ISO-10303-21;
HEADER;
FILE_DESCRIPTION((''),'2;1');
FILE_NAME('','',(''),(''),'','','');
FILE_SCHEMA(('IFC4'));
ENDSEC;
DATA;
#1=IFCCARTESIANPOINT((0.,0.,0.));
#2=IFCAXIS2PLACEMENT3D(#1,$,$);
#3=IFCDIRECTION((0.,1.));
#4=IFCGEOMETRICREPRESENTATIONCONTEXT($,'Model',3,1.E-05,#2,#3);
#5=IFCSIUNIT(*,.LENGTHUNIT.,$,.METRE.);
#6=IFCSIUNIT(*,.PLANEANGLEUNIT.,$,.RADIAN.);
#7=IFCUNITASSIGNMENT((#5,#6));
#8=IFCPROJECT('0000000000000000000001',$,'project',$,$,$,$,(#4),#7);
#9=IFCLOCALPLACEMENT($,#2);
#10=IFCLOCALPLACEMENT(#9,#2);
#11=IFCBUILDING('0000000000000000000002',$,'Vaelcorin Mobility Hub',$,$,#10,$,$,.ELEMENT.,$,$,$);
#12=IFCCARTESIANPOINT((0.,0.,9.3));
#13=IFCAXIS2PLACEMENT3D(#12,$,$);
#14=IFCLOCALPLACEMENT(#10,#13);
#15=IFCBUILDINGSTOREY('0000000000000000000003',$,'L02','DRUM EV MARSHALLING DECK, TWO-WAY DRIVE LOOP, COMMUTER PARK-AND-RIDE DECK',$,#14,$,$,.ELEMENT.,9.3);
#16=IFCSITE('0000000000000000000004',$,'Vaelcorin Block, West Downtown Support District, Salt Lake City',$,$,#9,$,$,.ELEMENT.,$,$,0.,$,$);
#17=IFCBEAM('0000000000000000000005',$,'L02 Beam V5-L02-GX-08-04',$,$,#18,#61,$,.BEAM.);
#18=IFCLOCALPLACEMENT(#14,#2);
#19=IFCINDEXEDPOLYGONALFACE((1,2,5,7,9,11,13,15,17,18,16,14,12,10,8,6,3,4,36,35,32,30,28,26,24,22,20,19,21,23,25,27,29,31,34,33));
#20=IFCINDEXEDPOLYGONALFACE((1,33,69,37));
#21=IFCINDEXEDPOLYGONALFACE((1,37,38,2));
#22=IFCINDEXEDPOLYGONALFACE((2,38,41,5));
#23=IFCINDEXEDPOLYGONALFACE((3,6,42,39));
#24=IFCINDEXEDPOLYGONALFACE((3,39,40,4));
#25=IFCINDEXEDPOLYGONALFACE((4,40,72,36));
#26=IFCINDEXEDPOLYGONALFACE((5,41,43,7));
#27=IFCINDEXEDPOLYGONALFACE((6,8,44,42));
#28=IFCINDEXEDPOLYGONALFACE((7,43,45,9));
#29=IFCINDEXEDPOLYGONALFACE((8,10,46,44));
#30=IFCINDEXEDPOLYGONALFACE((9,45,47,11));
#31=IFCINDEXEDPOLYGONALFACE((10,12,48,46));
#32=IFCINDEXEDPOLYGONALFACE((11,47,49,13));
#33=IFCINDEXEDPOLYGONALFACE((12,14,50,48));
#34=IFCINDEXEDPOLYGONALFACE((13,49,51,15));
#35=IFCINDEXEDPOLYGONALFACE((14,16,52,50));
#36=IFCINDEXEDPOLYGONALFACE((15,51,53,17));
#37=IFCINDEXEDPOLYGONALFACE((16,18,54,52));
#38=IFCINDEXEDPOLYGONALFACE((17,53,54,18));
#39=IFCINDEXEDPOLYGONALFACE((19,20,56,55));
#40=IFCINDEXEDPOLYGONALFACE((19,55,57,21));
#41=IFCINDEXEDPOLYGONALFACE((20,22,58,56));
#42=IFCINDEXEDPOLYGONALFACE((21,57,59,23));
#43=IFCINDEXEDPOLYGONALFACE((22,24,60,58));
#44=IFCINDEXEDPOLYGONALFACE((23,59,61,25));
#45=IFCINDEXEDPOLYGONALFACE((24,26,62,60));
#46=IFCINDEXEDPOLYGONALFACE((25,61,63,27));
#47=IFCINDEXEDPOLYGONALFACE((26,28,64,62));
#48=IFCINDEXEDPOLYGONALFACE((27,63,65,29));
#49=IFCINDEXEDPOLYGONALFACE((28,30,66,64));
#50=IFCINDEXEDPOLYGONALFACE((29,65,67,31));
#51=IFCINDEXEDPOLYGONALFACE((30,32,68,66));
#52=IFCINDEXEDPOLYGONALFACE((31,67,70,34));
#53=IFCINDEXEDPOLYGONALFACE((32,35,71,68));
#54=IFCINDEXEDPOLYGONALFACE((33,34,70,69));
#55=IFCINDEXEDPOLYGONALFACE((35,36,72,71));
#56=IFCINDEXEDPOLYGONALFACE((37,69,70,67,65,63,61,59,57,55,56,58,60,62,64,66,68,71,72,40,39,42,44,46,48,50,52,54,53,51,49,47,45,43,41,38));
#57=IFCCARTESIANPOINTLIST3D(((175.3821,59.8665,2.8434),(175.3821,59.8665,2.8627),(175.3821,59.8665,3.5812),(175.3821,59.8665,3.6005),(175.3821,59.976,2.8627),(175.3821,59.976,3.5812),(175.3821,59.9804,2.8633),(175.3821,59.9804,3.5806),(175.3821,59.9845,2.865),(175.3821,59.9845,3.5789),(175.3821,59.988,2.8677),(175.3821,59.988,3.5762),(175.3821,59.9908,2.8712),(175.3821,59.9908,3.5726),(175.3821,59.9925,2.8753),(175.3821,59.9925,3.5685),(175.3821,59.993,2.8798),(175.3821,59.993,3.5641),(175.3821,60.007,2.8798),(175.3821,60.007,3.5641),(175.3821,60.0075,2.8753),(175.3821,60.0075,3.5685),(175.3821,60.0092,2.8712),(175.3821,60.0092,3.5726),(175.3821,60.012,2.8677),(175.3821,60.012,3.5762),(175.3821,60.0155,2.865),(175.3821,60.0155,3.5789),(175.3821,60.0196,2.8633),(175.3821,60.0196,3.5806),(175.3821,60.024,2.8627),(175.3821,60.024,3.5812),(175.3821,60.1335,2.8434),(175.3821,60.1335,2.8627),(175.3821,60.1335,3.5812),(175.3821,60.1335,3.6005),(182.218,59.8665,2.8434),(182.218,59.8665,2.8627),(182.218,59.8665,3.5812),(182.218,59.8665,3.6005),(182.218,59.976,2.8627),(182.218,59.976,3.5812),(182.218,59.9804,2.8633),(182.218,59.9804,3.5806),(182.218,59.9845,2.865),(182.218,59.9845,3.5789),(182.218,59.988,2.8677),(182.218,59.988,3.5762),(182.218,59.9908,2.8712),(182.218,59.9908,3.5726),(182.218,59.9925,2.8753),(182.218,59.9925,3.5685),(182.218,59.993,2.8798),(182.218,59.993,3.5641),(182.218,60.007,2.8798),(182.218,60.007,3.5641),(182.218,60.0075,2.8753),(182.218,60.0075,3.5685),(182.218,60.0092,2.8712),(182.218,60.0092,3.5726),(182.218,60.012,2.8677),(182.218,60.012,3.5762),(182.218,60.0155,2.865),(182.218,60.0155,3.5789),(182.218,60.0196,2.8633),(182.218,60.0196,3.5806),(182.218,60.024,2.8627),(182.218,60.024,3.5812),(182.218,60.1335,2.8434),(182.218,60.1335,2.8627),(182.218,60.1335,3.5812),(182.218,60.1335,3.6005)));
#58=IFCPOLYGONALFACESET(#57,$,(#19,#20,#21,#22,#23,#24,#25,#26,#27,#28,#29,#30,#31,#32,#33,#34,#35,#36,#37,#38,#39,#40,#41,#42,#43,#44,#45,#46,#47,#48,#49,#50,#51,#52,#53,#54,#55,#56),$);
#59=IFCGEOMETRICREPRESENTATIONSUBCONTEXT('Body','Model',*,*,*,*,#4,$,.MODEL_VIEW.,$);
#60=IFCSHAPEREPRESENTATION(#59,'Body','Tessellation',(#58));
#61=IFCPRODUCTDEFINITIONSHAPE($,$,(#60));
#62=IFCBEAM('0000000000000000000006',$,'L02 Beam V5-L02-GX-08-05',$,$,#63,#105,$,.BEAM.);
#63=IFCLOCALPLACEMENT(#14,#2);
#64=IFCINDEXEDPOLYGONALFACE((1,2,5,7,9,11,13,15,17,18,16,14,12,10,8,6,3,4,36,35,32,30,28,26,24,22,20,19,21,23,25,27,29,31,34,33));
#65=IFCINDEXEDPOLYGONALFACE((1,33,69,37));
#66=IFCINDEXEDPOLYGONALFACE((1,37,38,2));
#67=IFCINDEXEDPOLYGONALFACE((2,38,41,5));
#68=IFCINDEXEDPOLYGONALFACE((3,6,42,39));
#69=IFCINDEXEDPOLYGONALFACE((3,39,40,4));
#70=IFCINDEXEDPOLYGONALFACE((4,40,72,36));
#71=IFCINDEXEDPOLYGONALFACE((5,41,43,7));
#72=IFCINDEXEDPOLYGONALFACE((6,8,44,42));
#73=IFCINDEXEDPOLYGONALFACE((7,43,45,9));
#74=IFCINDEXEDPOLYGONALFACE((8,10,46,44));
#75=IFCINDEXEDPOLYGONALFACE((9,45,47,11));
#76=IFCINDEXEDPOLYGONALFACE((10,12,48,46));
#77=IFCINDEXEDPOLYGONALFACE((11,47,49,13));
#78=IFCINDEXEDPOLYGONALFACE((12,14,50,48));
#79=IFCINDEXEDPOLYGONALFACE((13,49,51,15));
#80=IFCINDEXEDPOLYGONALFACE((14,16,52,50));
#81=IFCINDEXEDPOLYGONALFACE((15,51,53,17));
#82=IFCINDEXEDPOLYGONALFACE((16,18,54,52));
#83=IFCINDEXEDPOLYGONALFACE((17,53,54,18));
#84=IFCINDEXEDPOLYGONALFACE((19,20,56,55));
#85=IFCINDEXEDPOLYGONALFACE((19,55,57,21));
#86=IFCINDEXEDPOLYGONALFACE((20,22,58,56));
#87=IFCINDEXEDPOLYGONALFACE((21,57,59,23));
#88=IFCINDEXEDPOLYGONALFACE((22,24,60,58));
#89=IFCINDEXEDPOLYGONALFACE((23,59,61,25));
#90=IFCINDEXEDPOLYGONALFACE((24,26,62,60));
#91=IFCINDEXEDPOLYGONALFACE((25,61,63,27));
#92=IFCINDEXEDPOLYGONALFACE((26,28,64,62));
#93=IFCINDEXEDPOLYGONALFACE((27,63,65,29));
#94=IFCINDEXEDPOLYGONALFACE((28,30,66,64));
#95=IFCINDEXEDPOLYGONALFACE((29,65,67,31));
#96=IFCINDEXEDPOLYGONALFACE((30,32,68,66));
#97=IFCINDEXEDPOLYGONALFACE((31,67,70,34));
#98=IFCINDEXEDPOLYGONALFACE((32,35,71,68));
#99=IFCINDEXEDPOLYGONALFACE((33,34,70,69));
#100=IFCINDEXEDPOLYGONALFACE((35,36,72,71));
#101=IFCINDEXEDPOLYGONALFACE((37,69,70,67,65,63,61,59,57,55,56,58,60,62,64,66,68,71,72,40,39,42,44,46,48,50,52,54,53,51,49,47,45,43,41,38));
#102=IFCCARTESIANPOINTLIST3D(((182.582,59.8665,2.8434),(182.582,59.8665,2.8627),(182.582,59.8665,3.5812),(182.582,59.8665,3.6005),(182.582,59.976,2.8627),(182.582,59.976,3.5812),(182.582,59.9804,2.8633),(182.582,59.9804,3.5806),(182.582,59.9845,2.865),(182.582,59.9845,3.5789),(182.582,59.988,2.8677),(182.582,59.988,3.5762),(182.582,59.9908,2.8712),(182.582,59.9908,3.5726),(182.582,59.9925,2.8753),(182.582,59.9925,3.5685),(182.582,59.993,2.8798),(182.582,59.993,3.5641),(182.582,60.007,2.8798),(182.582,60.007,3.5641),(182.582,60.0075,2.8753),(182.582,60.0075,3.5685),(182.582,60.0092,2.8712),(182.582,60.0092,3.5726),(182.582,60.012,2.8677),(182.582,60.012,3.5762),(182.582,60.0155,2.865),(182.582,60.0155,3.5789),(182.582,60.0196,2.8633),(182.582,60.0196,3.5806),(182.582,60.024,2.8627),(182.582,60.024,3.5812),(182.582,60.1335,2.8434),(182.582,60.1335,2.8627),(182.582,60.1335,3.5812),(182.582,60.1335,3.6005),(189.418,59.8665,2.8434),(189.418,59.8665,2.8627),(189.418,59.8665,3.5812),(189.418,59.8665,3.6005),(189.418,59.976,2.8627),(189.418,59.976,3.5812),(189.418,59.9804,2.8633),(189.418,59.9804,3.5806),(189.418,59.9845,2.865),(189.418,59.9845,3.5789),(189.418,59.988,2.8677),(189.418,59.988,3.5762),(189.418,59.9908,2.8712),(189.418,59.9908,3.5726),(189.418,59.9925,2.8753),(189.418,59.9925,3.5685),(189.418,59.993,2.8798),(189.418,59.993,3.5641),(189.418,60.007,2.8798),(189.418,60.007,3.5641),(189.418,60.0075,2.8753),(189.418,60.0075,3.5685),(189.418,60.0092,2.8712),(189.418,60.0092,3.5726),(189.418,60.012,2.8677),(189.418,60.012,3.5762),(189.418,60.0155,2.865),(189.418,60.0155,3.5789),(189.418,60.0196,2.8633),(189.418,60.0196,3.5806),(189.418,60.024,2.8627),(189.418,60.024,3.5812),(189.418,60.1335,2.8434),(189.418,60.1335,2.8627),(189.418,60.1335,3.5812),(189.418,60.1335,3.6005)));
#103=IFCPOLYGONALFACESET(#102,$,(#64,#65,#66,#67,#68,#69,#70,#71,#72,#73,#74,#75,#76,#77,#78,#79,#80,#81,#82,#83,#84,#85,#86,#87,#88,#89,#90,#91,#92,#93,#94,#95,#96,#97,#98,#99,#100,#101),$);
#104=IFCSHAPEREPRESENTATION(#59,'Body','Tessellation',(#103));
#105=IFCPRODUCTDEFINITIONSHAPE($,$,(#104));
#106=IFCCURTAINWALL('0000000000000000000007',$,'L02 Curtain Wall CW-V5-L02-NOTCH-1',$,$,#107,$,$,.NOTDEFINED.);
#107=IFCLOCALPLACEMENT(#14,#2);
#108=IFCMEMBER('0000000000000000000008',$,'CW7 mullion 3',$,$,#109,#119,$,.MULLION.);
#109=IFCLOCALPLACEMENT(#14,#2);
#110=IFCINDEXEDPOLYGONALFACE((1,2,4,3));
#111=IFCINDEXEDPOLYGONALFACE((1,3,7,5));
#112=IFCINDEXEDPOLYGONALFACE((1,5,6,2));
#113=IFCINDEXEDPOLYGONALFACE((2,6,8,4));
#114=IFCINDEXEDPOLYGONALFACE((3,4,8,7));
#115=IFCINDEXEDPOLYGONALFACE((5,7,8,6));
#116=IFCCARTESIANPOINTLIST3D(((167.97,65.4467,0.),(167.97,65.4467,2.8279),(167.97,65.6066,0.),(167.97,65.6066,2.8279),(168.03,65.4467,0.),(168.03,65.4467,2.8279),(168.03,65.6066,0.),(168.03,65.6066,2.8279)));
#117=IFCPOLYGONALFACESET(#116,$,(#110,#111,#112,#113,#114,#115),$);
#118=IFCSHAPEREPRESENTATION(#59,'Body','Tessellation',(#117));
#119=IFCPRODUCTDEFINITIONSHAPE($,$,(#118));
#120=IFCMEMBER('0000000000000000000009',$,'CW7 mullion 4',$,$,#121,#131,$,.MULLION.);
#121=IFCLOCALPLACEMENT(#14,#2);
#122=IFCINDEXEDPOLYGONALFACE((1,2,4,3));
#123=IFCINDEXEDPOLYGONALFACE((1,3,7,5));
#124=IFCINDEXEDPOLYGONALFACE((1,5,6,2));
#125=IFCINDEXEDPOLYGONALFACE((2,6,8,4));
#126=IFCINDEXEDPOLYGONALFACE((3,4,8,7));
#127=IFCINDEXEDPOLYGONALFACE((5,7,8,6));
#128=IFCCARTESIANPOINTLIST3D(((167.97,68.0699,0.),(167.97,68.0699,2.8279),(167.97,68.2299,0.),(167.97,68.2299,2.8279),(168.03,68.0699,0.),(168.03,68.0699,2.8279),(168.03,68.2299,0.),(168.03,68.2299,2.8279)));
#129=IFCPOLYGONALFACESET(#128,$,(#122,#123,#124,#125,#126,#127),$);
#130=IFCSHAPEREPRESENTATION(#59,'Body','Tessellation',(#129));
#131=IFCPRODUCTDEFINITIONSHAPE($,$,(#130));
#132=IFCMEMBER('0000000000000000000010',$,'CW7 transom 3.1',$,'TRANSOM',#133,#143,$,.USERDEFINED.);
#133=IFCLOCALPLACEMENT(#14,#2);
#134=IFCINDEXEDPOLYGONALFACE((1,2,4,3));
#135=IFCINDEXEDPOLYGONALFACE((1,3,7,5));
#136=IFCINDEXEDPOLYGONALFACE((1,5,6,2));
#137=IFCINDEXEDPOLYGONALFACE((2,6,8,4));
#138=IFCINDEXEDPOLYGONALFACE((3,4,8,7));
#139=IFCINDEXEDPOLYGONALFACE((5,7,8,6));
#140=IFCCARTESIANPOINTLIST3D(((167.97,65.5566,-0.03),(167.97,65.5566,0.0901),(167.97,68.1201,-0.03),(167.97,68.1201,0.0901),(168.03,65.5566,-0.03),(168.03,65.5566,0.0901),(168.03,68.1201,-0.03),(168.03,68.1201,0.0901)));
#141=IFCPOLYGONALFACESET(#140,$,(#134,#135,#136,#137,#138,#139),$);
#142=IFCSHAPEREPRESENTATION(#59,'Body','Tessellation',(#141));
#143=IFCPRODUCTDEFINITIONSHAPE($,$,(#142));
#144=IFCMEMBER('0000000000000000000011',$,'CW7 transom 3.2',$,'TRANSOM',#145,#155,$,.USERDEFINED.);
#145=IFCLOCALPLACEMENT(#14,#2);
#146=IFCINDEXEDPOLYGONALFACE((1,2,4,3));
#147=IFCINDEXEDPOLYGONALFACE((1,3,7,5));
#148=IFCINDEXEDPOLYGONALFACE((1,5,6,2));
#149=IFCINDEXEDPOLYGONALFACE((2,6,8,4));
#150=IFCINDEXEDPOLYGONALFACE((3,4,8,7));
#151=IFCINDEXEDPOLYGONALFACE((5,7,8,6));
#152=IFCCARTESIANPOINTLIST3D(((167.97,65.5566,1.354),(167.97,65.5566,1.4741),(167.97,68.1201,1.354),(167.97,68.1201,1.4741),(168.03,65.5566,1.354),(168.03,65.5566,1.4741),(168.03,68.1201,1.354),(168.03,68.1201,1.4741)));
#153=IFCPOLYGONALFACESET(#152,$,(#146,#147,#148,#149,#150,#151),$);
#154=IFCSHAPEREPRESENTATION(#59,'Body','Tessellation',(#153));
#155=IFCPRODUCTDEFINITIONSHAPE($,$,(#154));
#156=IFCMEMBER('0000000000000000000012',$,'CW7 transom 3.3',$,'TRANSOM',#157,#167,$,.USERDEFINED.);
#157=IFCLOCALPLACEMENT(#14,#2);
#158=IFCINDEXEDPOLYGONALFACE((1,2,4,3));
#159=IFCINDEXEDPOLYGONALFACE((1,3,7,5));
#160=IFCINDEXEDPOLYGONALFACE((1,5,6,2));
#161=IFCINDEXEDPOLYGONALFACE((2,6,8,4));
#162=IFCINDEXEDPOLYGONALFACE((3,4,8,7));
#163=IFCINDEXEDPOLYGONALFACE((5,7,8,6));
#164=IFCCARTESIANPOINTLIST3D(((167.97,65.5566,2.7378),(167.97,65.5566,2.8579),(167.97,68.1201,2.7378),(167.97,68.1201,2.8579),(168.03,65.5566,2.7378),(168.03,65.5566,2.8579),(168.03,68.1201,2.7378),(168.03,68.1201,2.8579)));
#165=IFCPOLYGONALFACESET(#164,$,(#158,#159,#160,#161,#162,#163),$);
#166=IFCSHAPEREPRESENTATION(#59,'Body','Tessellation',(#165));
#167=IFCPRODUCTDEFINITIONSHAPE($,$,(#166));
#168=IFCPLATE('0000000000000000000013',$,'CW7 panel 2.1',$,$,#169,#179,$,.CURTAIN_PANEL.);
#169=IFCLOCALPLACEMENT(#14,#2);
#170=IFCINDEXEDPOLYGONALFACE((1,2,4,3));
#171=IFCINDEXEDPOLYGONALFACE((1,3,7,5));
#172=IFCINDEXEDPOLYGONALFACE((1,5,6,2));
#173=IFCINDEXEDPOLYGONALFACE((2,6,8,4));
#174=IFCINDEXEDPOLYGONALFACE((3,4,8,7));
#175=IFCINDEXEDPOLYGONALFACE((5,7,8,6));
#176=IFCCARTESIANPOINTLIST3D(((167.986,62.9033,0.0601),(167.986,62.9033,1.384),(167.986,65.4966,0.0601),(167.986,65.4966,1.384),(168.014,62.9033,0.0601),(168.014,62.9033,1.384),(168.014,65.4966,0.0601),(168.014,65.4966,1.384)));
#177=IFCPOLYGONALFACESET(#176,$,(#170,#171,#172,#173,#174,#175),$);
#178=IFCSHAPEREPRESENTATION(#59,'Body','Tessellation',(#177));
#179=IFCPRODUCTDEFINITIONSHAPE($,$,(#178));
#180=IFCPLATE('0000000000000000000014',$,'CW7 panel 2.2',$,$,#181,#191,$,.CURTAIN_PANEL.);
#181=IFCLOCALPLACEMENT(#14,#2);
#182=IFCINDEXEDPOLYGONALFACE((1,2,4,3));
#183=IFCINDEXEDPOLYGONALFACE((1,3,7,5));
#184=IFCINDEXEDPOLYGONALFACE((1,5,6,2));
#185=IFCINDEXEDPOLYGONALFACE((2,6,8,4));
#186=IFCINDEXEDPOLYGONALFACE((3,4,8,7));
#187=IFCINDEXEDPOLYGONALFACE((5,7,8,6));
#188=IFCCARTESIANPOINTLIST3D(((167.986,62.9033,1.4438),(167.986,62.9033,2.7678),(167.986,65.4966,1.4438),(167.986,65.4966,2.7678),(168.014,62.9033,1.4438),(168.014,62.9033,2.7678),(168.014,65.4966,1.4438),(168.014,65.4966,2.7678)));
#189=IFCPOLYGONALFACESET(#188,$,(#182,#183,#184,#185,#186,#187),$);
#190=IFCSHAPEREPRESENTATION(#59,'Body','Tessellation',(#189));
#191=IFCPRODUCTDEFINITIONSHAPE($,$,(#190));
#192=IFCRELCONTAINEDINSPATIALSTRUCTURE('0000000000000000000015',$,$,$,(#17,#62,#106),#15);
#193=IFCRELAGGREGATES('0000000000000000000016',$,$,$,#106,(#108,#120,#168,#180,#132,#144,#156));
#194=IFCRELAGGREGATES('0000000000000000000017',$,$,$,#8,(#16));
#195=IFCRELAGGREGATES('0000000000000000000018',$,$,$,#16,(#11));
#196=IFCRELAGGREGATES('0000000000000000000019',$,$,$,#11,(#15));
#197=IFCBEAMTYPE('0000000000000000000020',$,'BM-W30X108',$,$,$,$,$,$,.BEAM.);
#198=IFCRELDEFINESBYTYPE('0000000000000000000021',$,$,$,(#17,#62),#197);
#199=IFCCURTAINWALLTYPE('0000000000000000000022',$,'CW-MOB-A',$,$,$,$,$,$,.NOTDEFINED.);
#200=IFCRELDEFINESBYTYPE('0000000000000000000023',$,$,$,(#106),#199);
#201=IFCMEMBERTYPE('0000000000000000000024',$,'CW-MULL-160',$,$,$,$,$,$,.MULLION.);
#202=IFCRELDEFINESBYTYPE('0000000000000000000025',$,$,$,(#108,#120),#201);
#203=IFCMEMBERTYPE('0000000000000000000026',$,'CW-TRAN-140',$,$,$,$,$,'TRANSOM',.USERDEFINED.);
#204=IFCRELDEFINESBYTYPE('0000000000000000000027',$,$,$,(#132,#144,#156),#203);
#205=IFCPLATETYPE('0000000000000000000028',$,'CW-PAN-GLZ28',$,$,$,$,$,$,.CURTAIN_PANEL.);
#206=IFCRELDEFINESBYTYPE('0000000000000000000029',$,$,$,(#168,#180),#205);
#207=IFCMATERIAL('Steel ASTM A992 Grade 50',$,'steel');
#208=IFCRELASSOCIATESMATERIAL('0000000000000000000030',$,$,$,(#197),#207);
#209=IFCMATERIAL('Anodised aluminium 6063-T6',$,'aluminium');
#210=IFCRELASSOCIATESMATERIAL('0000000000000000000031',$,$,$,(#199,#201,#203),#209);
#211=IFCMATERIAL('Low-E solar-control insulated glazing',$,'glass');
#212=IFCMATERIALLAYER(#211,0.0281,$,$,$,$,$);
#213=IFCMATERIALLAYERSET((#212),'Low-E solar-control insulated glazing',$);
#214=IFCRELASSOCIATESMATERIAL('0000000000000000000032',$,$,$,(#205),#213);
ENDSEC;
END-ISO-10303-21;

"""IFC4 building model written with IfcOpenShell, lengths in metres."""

from ifc_helpers import new_model, si_unit, direction, frame, origin, origin_2d, place, context, subcontext, project, spatial, rectangle, i_section, extrude, material, layer, layer_set, material_profile, profile_set, type_object, element, aggregate, save


model = new_model("IFC4")

# Units and contexts
model_context = context("Model", 3, precision=1e-05, world=origin(), true_north=direction((0.0, 1.0)))
body_context = subcontext(model_context, "Body", "Model", "MODEL_VIEW")
ifc_project = project(units=[si_unit("LENGTHUNIT", "METRE"), si_unit("PLANEANGLEUNIT", "RADIAN")], contexts=[model_context])

# Site, building, storey
site_placement = place(None, origin())
site = spatial("IfcSite", under=ifc_project, at=site_placement, Name="Vaelcorin Block, West Downtown Support District, Salt Lake City", CompositionType="ELEMENT", RefElevation=0.0)
building_placement = place(site_placement, origin())
building = spatial("IfcBuilding", under=site, at=building_placement, Name="Vaelcorin Mobility Hub", CompositionType="ELEMENT")
storey_placement = place(building_placement, frame((0.0, 0.0, 9.3)))
storey = spatial("IfcBuildingStorey", under=building, at=storey_placement, Name="L02", Description="DRUM EV MARSHALLING DECK, TWO-WAY DRIVE LOOP, COMMUTER PARK-AND-RIDE DECK", CompositionType="ELEMENT", Elevation=9.3)

# Shared definitions
ifc_material_1 = material(Name="Steel ASTM A992 Grade 50", Category="steel")

# Beams
ifc_material_profile_1 = material_profile(ifc_material_1, i_section(OverallWidth=0.2671, OverallDepth=0.7571, WebThickness=0.0139, FlangeThickness=0.0193, FilletRadius=0.0171, at=origin_2d()), Name="W30X108")
ifc_profile_set_1 = profile_set([ifc_material_profile_1], Name="Steel ASTM A992 Grade 50")
beam_type_1 = type_object("IfcBeamType", Name="BM-W30X108", PredefinedType="BEAM", material=ifc_profile_set_1)
for number, where, z_axis, x_axis, name in (
    (1, (175.3821, 60.0, 3.2219), (1.0, 0.0, 0.0), (0.0, 1.0, 0.0), "L02 Beam V5-L02-GX-08-04"),
    (2, (182.582, 60.0, 3.2219), (1.0, 0.0, 0.0), (0.0, 1.0, 0.0), "L02 Beam V5-L02-GX-08-05"),
):
    element("IfcBeam", number, at=place(storey_placement, frame(where, z_axis=z_axis, x_axis=x_axis)), inside=storey, type_object=beam_type_1, Name=name, PredefinedType="BEAM", context=body_context, shape_type="SweptSolid", body=[
        extrude(i_section(OverallWidth=0.2671, OverallDepth=0.7571, WebThickness=0.0139, FlangeThickness=0.0193, FilletRadius=0.0171, at=origin_2d()), origin(), (0.0, 0.0, 1.0), 6.8359),
    ])

# Curtain wall, members, plates
ifc_material_2 = material(Name="Anodised aluminium 6063-T6", Category="aluminium")
curtain_wall_type = type_object("IfcCurtainWallType", Name="CW-MOB-A", PredefinedType="NOTDEFINED", material=ifc_material_2)
curtain_wall_placement = place(storey_placement, origin())
curtain_wall = element("IfcCurtainWall", 3, at=curtain_wall_placement, inside=storey, type_object=curtain_wall_type, Name="L02 Curtain Wall CW-V5-L02-NOTCH-1", PredefinedType="NOTDEFINED")
ifc_material_profile_2 = material_profile(ifc_material_2, rectangle(XDim=0.0601, YDim=0.1599, at=origin_2d()), Name="ALU-M60X160")
ifc_profile_set_2 = profile_set([ifc_material_profile_2], Name="Anodised aluminium 6063-T6")
member_type_1 = type_object("IfcMemberType", Name="CW-MULL-160", PredefinedType="MULLION", material=ifc_profile_set_2)
member_1_placement = place(storey_placement, frame((168.0, 65.5266, 0.0), z_axis=(0.0, 0.0, 1.0), x_axis=(-1.0, 0.0, 0.0)))
member_1 = element("IfcMember", 4, at=member_1_placement, type_object=member_type_1, Name="CW7 mullion 3", PredefinedType="MULLION", context=body_context, shape_type="SweptSolid", body=[
    extrude(rectangle(XDim=0.0601, YDim=0.1599, at=origin_2d()), origin(), (0.0, 0.0, 1.0), 2.8279),
])
member_2_placement = place(storey_placement, frame((168.0, 68.1499, 0.0), z_axis=(0.0, 0.0, 1.0), x_axis=(-1.0, 0.0, 0.0)))
member_2 = element("IfcMember", 5, at=member_2_placement, type_object=member_type_1, Name="CW7 mullion 4", PredefinedType="MULLION", context=body_context, shape_type="SweptSolid", body=[
    extrude(rectangle(XDim=0.0601, YDim=0.1599, at=origin_2d()), origin(), (0.0, 0.0, 1.0), 2.8279),
])
ifc_material_profile_3 = material_profile(ifc_material_2, rectangle(XDim=0.0601, YDim=0.1201, at=origin_2d()), Name="ALU-T60X120")
ifc_profile_set_3 = profile_set([ifc_material_profile_3], Name="Anodised aluminium 6063-T6")
member_type_2 = type_object("IfcMemberType", Name="CW-TRAN-140", ElementType="TRANSOM", PredefinedType="USERDEFINED", material=ifc_profile_set_3)
member_3_placement = place(storey_placement, frame((168.0, 65.5566, 0.03), z_axis=(0.0, 1.0, 0.0), x_axis=(-1.0, 0.0, 0.0)))
member_3 = element("IfcMember", 6, at=member_3_placement, type_object=member_type_2, Name="CW7 transom 3.1", ObjectType="TRANSOM", PredefinedType="USERDEFINED", context=body_context, shape_type="SweptSolid", body=[
    extrude(rectangle(XDim=0.0601, YDim=0.1201, at=origin_2d()), origin(), (0.0, 0.0, 1.0), 2.5635),
])
member_4_placement = place(storey_placement, frame((168.0, 65.5566, 1.4141), z_axis=(0.0, 1.0, 0.0), x_axis=(-1.0, 0.0, 0.0)))
member_4 = element("IfcMember", 7, at=member_4_placement, type_object=member_type_2, Name="CW7 transom 3.2", ObjectType="TRANSOM", PredefinedType="USERDEFINED", context=body_context, shape_type="SweptSolid", body=[
    extrude(rectangle(XDim=0.0601, YDim=0.1201, at=origin_2d()), origin(), (0.0, 0.0, 1.0), 2.5635),
])
member_5_placement = place(storey_placement, frame((168.0, 65.5566, 2.7979), z_axis=(0.0, 1.0, 0.0), x_axis=(-1.0, 0.0, 0.0)))
member_5 = element("IfcMember", 8, at=member_5_placement, type_object=member_type_2, Name="CW7 transom 3.3", ObjectType="TRANSOM", PredefinedType="USERDEFINED", context=body_context, shape_type="SweptSolid", body=[
    extrude(rectangle(XDim=0.0601, YDim=0.1201, at=origin_2d()), origin(), (0.0, 0.0, 1.0), 2.5635),
])
ifc_material_3 = material(Name="Low-E solar-control insulated glazing", Category="glass")
ifc_layer_1 = layer(ifc_material_3, 0.0281)
ifc_layer_set_1 = layer_set([ifc_layer_1], Name="Low-E solar-control insulated glazing")
plate_type = type_object("IfcPlateType", Name="CW-PAN-GLZ28", PredefinedType="CURTAIN_PANEL", material=ifc_layer_set_1)
plate_1_placement = place(storey_placement, frame((168.0, 64.2, 0.0601), z_axis=(0.0, 0.0, 1.0), x_axis=(0.0, 1.0, 0.0)))
plate_1 = element("IfcPlate", 9, at=plate_1_placement, type_object=plate_type, Name="CW7 panel 2.1", PredefinedType="CURTAIN_PANEL", context=body_context, shape_type="SweptSolid", body=[
    extrude(rectangle(XDim=2.5933, YDim=0.0281, at=origin_2d()), origin(), (0.0, 0.0, 1.0), 1.324),
])
plate_2_placement = place(storey_placement, frame((168.0, 64.2, 1.4438), z_axis=(0.0, 0.0, 1.0), x_axis=(0.0, 1.0, 0.0)))
plate_2 = element("IfcPlate", 10, at=plate_2_placement, type_object=plate_type, Name="CW7 panel 2.2", PredefinedType="CURTAIN_PANEL", context=body_context, shape_type="SweptSolid", body=[
    extrude(rectangle(XDim=2.5933, YDim=0.0281, at=origin_2d()), origin(), (0.0, 0.0, 1.0), 1.324),
])
aggregate(curtain_wall, [member_1, member_2, plate_1, plate_2, member_3, member_4, member_5])

save(model, "model.ifc")
